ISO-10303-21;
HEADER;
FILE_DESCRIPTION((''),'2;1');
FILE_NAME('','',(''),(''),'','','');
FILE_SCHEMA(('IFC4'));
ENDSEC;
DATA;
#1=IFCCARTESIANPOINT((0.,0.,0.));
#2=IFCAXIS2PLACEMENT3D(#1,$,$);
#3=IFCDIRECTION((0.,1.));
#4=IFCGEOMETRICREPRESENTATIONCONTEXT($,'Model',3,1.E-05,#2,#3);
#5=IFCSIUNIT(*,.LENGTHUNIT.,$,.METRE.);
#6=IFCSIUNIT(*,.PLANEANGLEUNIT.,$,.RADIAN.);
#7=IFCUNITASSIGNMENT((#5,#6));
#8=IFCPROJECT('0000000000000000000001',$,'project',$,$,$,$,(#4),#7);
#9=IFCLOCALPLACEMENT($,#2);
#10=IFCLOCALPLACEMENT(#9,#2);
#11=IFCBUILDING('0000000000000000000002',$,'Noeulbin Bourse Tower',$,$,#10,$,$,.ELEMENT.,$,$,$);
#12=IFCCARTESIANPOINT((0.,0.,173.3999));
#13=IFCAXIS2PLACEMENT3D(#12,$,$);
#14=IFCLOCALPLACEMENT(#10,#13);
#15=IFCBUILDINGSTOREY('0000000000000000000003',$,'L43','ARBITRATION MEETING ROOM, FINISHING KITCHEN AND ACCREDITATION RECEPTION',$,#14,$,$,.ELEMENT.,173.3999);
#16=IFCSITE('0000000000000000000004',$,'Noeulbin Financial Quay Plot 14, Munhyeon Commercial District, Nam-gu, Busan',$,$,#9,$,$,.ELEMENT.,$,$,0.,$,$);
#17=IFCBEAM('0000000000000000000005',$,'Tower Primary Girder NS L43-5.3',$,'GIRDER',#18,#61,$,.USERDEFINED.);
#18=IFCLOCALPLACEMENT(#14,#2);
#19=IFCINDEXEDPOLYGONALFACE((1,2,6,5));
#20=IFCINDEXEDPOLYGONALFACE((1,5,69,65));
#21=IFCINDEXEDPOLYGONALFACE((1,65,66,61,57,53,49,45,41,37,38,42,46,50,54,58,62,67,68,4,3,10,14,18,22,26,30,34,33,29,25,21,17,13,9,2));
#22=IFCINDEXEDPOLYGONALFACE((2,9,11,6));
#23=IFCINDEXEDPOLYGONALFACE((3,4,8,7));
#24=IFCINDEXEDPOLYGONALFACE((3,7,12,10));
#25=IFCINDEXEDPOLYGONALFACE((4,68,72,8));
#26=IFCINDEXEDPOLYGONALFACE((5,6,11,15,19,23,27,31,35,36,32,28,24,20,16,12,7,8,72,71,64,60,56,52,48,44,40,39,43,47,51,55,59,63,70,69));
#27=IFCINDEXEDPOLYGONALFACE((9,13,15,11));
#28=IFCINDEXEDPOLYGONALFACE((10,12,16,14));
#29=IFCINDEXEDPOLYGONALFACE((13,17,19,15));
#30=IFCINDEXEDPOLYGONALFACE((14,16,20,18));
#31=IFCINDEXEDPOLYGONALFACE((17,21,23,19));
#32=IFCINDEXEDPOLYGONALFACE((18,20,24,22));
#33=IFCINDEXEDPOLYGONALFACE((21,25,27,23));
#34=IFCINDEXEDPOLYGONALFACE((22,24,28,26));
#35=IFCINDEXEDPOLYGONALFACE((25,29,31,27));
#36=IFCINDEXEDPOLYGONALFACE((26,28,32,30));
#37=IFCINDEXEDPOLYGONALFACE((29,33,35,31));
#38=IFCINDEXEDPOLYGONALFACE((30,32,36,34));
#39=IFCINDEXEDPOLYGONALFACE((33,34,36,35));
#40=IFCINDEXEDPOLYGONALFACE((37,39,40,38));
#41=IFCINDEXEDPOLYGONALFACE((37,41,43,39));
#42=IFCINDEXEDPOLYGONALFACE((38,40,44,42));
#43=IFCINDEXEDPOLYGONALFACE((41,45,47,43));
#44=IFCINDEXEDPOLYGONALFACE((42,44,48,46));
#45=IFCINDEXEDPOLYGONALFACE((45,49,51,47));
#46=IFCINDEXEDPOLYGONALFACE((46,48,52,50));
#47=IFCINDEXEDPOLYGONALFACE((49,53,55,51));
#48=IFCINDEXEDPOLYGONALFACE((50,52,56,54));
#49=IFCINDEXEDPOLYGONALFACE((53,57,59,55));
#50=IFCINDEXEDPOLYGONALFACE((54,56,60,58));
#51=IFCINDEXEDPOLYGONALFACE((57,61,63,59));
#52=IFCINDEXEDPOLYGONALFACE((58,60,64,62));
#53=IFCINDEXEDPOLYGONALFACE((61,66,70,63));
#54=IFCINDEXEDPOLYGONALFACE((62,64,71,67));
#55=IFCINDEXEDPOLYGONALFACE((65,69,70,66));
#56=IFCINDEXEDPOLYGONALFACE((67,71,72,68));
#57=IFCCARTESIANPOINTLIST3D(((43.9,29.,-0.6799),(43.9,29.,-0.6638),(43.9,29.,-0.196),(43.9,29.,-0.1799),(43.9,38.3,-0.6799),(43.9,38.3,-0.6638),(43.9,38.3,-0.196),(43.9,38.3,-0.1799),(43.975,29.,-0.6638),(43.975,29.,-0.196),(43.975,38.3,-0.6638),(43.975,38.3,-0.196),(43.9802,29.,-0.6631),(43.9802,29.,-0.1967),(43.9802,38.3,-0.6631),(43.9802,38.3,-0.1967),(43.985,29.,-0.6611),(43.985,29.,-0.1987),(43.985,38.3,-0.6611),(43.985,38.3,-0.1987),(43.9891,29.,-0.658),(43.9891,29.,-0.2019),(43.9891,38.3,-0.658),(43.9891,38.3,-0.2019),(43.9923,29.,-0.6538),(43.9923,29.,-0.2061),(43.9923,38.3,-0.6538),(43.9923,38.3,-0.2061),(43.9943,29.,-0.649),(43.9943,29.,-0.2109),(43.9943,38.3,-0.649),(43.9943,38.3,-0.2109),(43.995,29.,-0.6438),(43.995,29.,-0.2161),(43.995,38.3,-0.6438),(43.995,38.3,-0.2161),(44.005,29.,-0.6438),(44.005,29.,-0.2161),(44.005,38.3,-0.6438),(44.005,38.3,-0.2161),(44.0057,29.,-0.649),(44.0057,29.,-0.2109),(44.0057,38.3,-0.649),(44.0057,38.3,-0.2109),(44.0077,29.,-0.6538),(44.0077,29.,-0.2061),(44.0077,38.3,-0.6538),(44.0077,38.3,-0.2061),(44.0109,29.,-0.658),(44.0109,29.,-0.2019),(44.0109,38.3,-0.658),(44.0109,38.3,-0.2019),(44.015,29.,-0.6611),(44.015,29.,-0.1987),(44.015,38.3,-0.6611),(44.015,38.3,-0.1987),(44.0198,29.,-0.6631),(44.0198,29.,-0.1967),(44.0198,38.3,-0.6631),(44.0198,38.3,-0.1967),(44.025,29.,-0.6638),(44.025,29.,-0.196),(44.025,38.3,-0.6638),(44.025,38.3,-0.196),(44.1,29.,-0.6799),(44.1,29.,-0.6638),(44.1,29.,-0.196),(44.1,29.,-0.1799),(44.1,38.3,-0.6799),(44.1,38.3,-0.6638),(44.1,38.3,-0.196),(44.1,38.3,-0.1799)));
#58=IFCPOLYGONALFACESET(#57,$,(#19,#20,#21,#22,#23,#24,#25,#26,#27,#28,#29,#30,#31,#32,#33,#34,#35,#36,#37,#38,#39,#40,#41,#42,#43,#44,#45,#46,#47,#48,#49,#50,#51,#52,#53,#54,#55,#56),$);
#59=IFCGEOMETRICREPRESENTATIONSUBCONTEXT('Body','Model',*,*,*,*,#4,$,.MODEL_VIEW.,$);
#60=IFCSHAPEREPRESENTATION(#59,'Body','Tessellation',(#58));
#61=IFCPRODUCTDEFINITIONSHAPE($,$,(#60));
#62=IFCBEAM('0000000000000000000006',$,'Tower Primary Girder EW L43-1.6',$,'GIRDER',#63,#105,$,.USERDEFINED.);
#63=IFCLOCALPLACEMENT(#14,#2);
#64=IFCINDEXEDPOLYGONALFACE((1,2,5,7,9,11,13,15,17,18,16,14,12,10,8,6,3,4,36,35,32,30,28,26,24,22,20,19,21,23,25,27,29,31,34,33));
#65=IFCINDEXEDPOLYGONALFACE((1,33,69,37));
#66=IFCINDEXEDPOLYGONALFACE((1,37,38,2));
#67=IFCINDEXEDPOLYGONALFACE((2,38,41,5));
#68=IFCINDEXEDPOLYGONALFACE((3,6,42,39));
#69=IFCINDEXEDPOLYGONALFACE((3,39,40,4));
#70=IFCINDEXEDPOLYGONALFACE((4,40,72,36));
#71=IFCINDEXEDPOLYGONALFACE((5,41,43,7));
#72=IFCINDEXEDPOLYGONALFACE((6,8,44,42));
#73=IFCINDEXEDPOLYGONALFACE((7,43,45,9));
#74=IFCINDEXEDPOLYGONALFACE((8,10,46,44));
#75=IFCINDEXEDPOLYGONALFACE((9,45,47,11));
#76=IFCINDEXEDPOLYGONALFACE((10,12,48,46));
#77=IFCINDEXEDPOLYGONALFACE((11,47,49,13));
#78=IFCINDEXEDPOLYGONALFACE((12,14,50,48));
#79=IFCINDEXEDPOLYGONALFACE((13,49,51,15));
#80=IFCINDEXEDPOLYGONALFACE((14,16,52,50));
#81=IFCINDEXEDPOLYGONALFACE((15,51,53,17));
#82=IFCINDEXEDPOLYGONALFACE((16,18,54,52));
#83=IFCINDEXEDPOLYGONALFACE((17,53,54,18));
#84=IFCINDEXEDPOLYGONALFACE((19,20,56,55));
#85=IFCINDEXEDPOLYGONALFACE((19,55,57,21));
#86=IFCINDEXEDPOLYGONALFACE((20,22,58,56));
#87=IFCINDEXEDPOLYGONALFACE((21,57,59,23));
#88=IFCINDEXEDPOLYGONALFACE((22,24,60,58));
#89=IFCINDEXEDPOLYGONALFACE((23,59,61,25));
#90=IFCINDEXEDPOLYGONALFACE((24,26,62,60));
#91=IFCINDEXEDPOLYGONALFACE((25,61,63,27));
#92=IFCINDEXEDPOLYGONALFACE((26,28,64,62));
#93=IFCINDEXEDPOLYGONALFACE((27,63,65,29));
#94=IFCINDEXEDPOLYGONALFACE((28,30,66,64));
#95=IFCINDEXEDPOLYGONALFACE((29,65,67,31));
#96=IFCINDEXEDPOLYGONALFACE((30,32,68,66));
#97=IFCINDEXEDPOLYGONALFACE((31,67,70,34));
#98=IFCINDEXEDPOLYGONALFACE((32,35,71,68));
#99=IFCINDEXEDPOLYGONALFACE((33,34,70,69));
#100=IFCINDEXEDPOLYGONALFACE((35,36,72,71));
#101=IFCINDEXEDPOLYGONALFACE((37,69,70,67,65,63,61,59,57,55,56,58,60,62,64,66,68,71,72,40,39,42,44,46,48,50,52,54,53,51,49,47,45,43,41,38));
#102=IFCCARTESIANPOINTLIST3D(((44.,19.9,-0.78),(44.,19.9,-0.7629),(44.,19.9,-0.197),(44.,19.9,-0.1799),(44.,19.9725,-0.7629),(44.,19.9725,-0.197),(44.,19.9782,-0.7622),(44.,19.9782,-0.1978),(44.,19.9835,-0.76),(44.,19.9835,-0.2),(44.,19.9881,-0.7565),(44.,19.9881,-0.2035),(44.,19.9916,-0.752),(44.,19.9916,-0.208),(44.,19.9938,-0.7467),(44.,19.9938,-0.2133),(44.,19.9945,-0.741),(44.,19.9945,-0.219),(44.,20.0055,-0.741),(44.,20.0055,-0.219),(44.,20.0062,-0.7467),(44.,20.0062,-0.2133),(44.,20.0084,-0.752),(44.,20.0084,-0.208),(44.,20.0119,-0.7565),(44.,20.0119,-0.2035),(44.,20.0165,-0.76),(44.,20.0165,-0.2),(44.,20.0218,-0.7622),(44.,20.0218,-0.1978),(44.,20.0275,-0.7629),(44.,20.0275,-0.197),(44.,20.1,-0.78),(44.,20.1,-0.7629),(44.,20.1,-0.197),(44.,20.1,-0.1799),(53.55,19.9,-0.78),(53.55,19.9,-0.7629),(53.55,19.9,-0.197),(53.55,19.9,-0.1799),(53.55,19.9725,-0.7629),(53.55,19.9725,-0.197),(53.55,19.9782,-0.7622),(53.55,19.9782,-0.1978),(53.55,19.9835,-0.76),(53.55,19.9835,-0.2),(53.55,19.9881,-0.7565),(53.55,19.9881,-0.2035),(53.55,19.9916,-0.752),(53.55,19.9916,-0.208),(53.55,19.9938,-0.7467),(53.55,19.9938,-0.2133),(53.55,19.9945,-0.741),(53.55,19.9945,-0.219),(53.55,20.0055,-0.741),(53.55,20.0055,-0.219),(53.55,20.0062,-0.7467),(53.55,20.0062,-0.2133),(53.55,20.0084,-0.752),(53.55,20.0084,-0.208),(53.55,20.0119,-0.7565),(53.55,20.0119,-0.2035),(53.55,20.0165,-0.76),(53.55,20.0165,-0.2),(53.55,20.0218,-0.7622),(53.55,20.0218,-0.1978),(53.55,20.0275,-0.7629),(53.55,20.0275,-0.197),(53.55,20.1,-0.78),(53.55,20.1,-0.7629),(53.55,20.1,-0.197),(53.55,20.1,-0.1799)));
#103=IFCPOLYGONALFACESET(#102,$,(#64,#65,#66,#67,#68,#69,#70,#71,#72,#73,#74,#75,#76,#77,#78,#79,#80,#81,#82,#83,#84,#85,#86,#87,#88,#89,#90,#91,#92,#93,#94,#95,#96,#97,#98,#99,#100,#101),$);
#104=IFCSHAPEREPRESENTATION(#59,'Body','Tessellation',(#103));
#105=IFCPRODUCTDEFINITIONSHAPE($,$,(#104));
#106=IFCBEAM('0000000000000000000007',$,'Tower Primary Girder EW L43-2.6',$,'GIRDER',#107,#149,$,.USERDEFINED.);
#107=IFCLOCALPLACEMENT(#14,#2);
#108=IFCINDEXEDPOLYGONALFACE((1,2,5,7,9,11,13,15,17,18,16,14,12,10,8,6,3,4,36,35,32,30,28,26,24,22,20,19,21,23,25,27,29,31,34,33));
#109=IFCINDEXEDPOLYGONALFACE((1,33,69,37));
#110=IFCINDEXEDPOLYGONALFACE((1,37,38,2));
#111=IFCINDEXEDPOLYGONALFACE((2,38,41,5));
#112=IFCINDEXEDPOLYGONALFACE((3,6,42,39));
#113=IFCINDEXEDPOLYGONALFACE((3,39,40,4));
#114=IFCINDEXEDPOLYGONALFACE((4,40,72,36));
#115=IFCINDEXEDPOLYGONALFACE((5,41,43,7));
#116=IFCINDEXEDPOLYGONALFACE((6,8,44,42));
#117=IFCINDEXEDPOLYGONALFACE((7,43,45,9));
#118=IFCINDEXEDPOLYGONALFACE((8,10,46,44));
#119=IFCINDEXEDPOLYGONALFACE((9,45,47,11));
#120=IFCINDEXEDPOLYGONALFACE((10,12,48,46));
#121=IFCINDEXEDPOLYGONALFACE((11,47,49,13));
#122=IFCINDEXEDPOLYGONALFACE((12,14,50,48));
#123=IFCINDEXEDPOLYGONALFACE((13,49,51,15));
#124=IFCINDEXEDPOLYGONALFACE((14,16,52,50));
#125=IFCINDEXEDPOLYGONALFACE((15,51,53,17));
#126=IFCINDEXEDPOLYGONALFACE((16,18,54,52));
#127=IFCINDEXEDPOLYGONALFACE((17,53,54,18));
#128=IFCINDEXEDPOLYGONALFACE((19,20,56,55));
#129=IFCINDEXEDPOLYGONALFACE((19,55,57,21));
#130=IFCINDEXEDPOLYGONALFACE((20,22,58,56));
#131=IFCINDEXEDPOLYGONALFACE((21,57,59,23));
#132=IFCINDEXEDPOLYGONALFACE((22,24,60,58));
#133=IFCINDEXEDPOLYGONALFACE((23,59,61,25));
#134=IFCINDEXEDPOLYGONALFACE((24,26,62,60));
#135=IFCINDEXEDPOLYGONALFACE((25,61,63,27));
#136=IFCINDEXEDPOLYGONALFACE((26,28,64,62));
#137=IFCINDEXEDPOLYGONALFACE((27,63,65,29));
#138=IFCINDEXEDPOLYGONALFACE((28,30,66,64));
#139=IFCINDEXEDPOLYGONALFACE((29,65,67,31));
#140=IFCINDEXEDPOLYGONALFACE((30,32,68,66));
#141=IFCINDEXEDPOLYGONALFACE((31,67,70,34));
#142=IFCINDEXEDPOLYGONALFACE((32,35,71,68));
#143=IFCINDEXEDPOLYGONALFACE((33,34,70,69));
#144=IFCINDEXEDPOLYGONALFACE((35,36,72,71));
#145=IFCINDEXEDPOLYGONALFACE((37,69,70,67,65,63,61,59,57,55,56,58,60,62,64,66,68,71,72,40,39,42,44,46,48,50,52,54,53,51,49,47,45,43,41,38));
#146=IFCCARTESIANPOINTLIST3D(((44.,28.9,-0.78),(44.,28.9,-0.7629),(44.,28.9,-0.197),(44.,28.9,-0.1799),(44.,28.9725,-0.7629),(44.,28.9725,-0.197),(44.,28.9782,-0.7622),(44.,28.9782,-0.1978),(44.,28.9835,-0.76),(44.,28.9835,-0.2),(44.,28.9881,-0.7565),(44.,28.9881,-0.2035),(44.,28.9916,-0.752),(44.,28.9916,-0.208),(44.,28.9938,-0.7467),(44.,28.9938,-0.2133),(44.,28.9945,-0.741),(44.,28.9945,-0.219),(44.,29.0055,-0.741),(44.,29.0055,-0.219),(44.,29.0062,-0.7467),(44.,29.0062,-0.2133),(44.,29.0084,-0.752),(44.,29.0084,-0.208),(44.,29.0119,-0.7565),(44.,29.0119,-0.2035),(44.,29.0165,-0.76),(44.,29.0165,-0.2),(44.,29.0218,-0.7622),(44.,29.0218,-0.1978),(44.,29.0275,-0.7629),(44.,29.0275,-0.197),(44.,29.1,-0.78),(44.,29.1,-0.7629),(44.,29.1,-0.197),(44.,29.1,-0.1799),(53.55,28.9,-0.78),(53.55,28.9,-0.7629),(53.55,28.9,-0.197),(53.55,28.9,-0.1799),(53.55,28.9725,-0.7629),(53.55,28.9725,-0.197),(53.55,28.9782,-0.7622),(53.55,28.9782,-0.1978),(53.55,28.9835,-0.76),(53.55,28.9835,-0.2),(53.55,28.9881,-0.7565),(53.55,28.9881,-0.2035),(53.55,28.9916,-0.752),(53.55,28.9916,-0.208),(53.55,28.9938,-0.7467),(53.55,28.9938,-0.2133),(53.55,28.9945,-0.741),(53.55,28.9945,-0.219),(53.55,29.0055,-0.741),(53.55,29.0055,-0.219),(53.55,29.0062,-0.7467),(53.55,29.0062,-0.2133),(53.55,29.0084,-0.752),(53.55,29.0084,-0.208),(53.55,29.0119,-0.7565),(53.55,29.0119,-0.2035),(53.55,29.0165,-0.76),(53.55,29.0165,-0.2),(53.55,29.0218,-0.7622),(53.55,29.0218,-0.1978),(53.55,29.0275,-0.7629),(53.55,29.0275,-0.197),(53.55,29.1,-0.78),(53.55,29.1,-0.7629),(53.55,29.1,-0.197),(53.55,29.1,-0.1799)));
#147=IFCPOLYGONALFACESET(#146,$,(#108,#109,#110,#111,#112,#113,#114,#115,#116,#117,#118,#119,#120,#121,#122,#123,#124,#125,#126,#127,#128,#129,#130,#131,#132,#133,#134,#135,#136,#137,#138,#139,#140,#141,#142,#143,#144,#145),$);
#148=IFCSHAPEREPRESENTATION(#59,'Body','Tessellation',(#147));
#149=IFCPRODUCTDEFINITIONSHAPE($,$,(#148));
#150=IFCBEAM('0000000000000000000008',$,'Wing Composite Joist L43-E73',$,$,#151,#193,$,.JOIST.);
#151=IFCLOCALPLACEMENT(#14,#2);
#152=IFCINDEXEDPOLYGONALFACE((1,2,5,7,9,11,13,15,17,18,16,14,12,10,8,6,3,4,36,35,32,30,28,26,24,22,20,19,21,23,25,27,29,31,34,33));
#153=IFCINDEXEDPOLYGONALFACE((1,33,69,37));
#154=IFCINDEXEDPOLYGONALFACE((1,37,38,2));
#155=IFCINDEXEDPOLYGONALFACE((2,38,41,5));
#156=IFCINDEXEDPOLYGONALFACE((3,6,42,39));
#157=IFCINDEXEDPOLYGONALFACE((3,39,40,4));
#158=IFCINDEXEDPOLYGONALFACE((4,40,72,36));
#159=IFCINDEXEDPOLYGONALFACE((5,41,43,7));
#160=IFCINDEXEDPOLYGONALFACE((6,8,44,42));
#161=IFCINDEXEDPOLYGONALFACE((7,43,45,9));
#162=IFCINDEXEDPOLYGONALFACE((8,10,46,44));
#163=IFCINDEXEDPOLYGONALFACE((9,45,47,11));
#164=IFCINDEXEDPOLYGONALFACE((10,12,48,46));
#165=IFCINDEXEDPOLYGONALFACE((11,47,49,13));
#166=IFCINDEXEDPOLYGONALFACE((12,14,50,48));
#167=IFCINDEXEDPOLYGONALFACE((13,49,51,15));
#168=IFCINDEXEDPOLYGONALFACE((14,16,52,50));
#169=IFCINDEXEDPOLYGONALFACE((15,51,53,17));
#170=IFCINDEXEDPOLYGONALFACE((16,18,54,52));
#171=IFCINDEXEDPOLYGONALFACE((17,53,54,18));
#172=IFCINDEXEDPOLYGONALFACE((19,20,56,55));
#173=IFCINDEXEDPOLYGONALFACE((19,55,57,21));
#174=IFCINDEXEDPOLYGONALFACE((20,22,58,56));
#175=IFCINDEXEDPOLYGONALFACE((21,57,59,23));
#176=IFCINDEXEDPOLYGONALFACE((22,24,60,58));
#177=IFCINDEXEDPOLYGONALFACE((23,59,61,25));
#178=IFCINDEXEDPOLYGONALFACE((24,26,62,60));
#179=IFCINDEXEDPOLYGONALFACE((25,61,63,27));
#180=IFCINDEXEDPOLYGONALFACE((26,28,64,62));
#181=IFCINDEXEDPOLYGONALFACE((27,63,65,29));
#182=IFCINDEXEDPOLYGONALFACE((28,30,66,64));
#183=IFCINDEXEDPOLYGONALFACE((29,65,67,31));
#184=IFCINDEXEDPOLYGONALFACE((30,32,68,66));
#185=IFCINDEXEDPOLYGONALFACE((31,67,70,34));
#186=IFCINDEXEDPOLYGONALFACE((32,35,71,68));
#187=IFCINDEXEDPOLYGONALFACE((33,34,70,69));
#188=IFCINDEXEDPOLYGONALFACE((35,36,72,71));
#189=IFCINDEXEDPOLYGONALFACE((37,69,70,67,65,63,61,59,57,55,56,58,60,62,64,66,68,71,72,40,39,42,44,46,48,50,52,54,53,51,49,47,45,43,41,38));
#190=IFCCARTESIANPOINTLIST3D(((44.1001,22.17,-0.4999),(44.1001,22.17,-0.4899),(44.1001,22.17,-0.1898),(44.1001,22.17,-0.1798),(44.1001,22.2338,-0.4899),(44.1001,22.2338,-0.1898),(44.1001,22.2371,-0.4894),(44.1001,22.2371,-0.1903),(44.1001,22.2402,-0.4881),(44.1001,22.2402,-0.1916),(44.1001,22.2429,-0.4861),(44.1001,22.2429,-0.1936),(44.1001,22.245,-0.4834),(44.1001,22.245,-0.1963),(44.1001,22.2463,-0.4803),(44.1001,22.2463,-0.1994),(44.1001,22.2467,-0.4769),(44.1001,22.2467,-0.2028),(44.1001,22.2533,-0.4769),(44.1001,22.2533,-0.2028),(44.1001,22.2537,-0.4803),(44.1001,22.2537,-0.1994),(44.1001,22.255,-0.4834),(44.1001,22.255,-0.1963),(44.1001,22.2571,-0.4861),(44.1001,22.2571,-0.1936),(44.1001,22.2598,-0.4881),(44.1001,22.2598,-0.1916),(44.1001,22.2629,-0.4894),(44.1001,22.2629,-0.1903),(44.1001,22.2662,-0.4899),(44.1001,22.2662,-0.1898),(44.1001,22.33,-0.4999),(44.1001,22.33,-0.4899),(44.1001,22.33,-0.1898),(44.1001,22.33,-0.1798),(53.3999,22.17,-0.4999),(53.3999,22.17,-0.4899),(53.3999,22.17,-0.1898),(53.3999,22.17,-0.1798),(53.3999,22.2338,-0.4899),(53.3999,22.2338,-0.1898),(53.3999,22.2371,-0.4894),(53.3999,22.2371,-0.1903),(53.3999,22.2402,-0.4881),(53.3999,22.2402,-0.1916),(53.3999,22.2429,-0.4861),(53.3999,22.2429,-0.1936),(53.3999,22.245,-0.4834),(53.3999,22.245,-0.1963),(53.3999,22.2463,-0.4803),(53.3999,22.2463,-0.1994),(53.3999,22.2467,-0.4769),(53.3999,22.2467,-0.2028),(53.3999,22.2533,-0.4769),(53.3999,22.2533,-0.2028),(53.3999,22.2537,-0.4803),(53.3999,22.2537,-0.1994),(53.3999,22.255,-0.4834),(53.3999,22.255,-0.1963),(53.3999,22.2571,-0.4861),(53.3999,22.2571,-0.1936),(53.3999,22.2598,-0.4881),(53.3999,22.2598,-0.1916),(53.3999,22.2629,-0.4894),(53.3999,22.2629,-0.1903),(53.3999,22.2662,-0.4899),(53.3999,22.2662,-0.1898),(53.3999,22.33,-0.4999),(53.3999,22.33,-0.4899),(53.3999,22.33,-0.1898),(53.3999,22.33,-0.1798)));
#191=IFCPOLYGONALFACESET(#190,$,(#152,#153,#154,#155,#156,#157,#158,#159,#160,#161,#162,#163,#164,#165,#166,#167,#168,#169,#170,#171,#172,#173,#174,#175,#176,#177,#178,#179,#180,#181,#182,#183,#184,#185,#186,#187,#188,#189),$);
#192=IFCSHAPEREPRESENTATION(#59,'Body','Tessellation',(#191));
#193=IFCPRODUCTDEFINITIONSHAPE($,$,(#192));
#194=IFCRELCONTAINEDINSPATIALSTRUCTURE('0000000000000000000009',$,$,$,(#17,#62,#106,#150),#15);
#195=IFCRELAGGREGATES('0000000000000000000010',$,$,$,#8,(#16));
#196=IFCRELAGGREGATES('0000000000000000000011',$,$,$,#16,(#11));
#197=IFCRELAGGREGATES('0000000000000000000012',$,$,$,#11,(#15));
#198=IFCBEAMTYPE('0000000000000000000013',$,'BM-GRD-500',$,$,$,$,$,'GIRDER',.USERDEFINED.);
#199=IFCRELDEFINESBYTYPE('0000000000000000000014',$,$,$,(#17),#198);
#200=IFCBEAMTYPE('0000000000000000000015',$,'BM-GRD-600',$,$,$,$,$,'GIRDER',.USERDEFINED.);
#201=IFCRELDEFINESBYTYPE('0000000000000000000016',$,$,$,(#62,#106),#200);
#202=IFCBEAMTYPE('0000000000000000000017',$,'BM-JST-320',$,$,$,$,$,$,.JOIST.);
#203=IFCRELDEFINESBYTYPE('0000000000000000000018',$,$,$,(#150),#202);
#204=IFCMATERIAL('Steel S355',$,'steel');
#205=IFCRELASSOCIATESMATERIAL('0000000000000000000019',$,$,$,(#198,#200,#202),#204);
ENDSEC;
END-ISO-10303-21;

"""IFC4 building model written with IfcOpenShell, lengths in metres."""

from ifc_helpers import new_model, si_unit, direction, frame, origin, origin_2d, place, context, subcontext, project, spatial, i_section, extrude, material, material_profile, profile_set, type_object, element, save


model = new_model("IFC4")

# Units and contexts
model_context = context("Model", 3, precision=1e-05, world=origin(), true_north=direction((0.0, 1.0)))
body_context = subcontext(model_context, "Body", "Model", "MODEL_VIEW")
ifc_project = project(units=[si_unit("LENGTHUNIT", "METRE"), si_unit("PLANEANGLEUNIT", "RADIAN")], contexts=[model_context])

# Site, building, storey
site_placement = place(None, origin())
site = spatial("IfcSite", under=ifc_project, at=site_placement, Name="Noeulbin Financial Quay Plot 14, Munhyeon Commercial District, Nam-gu, Busan", CompositionType="ELEMENT", RefElevation=0.0)
building_placement = place(site_placement, origin())
building = spatial("IfcBuilding", under=site, at=building_placement, Name="Noeulbin Bourse Tower", CompositionType="ELEMENT")
storey_placement = place(building_placement, frame((0.0, 0.0, 173.3999)))
storey = spatial("IfcBuildingStorey", under=building, at=storey_placement, Name="L43", Description="ARBITRATION MEETING ROOM, FINISHING KITCHEN AND ACCREDITATION RECEPTION", CompositionType="ELEMENT", Elevation=173.3999)

# Shared definitions
ifc_material_1 = material(Name="Steel S355", Category="steel")

# Beams
ifc_material_profile_1 = material_profile(ifc_material_1, i_section(OverallWidth=0.2, OverallDepth=0.5, WebThickness=0.01, FlangeThickness=0.0161, FilletRadius=0.02, at=origin_2d()), Name="H-500x200x10x16", Category="LoadBearing")
ifc_profile_set_1 = profile_set([ifc_material_profile_1], Name="Steel S355")
beam_type_1 = type_object("IfcBeamType", Name="BM-GRD-500", ElementType="GIRDER", PredefinedType="USERDEFINED", material=ifc_profile_set_1)
beam_1_placement = place(storey_placement, frame((44.0, 29.0, -0.4299), z_axis=(0.0, 1.0, 0.0), x_axis=(-1.0, 0.0, 0.0)))
element("IfcBeam", 1, at=beam_1_placement, inside=storey, type_object=beam_type_1, Name="Tower Primary Girder NS L43-5.3", ObjectType="GIRDER", PredefinedType="USERDEFINED", context=body_context, shape_type="SweptSolid", body=[
    extrude(i_section(OverallWidth=0.2, OverallDepth=0.5, WebThickness=0.01, FlangeThickness=0.0161, FilletRadius=0.02, at=origin_2d()), origin(), (0.0, 0.0, 1.0), 9.3),
])
ifc_material_profile_2 = material_profile(ifc_material_1, i_section(OverallWidth=0.2, OverallDepth=0.6001, WebThickness=0.011, FlangeThickness=0.0171, FilletRadius=0.022, at=origin_2d()), Name="H-600x200x11x17", Category="LoadBearing")
ifc_profile_set_2 = profile_set([ifc_material_profile_2], Name="Steel S355")
beam_type_2 = type_object("IfcBeamType", Name="BM-GRD-600", ElementType="GIRDER", PredefinedType="USERDEFINED", material=ifc_profile_set_2)
for number, where, z_axis, x_axis, name in (
    (2, (44.0, 20.0, -0.48), (1.0, 0.0, 0.0), (0.0, 1.0, 0.0), "Tower Primary Girder EW L43-1.6"),
    (3, (44.0, 29.0, -0.48), (1.0, 0.0, 0.0), (0.0, 1.0, 0.0), "Tower Primary Girder EW L43-2.6"),
):
    element("IfcBeam", number, at=place(storey_placement, frame(where, z_axis=z_axis, x_axis=x_axis)), inside=storey, type_object=beam_type_2, Name=name, ObjectType="GIRDER", PredefinedType="USERDEFINED", context=body_context, shape_type="SweptSolid", body=[
        extrude(i_section(OverallWidth=0.2, OverallDepth=0.6001, WebThickness=0.011, FlangeThickness=0.0171, FilletRadius=0.022, at=origin_2d()), origin(), (0.0, 0.0, 1.0), 9.55),
    ])
ifc_material_profile_3 = material_profile(ifc_material_1, i_section(OverallWidth=0.1599, OverallDepth=0.3201, WebThickness=0.0066, FlangeThickness=0.01, FilletRadius=0.0129, at=origin_2d()), Name="H-320x160x6.5x10", Category="LoadBearing")
ifc_profile_set_3 = profile_set([ifc_material_profile_3], Name="Steel S355")
beam_type_3 = type_object("IfcBeamType", Name="BM-JST-320", PredefinedType="JOIST", material=ifc_profile_set_3)
for number, where, z_axis, x_axis, name in (
    (4, (44.1001, 22.25, -0.3398), (1.0, 0.0, 0.0), (0.0, 1.0, 0.0), "Wing Composite Joist L43-E73"),
):
    element("IfcBeam", number, at=place(storey_placement, frame(where, z_axis=z_axis, x_axis=x_axis)), inside=storey, type_object=beam_type_3, Name=name, PredefinedType="JOIST", context=body_context, shape_type="SweptSolid", body=[
        extrude(i_section(OverallWidth=0.1599, OverallDepth=0.3201, WebThickness=0.0066, FlangeThickness=0.01, FilletRadius=0.0129, at=origin_2d()), origin(), (0.0, 0.0, 1.0), 9.2998),
    ])

save(model, "model.ifc")
